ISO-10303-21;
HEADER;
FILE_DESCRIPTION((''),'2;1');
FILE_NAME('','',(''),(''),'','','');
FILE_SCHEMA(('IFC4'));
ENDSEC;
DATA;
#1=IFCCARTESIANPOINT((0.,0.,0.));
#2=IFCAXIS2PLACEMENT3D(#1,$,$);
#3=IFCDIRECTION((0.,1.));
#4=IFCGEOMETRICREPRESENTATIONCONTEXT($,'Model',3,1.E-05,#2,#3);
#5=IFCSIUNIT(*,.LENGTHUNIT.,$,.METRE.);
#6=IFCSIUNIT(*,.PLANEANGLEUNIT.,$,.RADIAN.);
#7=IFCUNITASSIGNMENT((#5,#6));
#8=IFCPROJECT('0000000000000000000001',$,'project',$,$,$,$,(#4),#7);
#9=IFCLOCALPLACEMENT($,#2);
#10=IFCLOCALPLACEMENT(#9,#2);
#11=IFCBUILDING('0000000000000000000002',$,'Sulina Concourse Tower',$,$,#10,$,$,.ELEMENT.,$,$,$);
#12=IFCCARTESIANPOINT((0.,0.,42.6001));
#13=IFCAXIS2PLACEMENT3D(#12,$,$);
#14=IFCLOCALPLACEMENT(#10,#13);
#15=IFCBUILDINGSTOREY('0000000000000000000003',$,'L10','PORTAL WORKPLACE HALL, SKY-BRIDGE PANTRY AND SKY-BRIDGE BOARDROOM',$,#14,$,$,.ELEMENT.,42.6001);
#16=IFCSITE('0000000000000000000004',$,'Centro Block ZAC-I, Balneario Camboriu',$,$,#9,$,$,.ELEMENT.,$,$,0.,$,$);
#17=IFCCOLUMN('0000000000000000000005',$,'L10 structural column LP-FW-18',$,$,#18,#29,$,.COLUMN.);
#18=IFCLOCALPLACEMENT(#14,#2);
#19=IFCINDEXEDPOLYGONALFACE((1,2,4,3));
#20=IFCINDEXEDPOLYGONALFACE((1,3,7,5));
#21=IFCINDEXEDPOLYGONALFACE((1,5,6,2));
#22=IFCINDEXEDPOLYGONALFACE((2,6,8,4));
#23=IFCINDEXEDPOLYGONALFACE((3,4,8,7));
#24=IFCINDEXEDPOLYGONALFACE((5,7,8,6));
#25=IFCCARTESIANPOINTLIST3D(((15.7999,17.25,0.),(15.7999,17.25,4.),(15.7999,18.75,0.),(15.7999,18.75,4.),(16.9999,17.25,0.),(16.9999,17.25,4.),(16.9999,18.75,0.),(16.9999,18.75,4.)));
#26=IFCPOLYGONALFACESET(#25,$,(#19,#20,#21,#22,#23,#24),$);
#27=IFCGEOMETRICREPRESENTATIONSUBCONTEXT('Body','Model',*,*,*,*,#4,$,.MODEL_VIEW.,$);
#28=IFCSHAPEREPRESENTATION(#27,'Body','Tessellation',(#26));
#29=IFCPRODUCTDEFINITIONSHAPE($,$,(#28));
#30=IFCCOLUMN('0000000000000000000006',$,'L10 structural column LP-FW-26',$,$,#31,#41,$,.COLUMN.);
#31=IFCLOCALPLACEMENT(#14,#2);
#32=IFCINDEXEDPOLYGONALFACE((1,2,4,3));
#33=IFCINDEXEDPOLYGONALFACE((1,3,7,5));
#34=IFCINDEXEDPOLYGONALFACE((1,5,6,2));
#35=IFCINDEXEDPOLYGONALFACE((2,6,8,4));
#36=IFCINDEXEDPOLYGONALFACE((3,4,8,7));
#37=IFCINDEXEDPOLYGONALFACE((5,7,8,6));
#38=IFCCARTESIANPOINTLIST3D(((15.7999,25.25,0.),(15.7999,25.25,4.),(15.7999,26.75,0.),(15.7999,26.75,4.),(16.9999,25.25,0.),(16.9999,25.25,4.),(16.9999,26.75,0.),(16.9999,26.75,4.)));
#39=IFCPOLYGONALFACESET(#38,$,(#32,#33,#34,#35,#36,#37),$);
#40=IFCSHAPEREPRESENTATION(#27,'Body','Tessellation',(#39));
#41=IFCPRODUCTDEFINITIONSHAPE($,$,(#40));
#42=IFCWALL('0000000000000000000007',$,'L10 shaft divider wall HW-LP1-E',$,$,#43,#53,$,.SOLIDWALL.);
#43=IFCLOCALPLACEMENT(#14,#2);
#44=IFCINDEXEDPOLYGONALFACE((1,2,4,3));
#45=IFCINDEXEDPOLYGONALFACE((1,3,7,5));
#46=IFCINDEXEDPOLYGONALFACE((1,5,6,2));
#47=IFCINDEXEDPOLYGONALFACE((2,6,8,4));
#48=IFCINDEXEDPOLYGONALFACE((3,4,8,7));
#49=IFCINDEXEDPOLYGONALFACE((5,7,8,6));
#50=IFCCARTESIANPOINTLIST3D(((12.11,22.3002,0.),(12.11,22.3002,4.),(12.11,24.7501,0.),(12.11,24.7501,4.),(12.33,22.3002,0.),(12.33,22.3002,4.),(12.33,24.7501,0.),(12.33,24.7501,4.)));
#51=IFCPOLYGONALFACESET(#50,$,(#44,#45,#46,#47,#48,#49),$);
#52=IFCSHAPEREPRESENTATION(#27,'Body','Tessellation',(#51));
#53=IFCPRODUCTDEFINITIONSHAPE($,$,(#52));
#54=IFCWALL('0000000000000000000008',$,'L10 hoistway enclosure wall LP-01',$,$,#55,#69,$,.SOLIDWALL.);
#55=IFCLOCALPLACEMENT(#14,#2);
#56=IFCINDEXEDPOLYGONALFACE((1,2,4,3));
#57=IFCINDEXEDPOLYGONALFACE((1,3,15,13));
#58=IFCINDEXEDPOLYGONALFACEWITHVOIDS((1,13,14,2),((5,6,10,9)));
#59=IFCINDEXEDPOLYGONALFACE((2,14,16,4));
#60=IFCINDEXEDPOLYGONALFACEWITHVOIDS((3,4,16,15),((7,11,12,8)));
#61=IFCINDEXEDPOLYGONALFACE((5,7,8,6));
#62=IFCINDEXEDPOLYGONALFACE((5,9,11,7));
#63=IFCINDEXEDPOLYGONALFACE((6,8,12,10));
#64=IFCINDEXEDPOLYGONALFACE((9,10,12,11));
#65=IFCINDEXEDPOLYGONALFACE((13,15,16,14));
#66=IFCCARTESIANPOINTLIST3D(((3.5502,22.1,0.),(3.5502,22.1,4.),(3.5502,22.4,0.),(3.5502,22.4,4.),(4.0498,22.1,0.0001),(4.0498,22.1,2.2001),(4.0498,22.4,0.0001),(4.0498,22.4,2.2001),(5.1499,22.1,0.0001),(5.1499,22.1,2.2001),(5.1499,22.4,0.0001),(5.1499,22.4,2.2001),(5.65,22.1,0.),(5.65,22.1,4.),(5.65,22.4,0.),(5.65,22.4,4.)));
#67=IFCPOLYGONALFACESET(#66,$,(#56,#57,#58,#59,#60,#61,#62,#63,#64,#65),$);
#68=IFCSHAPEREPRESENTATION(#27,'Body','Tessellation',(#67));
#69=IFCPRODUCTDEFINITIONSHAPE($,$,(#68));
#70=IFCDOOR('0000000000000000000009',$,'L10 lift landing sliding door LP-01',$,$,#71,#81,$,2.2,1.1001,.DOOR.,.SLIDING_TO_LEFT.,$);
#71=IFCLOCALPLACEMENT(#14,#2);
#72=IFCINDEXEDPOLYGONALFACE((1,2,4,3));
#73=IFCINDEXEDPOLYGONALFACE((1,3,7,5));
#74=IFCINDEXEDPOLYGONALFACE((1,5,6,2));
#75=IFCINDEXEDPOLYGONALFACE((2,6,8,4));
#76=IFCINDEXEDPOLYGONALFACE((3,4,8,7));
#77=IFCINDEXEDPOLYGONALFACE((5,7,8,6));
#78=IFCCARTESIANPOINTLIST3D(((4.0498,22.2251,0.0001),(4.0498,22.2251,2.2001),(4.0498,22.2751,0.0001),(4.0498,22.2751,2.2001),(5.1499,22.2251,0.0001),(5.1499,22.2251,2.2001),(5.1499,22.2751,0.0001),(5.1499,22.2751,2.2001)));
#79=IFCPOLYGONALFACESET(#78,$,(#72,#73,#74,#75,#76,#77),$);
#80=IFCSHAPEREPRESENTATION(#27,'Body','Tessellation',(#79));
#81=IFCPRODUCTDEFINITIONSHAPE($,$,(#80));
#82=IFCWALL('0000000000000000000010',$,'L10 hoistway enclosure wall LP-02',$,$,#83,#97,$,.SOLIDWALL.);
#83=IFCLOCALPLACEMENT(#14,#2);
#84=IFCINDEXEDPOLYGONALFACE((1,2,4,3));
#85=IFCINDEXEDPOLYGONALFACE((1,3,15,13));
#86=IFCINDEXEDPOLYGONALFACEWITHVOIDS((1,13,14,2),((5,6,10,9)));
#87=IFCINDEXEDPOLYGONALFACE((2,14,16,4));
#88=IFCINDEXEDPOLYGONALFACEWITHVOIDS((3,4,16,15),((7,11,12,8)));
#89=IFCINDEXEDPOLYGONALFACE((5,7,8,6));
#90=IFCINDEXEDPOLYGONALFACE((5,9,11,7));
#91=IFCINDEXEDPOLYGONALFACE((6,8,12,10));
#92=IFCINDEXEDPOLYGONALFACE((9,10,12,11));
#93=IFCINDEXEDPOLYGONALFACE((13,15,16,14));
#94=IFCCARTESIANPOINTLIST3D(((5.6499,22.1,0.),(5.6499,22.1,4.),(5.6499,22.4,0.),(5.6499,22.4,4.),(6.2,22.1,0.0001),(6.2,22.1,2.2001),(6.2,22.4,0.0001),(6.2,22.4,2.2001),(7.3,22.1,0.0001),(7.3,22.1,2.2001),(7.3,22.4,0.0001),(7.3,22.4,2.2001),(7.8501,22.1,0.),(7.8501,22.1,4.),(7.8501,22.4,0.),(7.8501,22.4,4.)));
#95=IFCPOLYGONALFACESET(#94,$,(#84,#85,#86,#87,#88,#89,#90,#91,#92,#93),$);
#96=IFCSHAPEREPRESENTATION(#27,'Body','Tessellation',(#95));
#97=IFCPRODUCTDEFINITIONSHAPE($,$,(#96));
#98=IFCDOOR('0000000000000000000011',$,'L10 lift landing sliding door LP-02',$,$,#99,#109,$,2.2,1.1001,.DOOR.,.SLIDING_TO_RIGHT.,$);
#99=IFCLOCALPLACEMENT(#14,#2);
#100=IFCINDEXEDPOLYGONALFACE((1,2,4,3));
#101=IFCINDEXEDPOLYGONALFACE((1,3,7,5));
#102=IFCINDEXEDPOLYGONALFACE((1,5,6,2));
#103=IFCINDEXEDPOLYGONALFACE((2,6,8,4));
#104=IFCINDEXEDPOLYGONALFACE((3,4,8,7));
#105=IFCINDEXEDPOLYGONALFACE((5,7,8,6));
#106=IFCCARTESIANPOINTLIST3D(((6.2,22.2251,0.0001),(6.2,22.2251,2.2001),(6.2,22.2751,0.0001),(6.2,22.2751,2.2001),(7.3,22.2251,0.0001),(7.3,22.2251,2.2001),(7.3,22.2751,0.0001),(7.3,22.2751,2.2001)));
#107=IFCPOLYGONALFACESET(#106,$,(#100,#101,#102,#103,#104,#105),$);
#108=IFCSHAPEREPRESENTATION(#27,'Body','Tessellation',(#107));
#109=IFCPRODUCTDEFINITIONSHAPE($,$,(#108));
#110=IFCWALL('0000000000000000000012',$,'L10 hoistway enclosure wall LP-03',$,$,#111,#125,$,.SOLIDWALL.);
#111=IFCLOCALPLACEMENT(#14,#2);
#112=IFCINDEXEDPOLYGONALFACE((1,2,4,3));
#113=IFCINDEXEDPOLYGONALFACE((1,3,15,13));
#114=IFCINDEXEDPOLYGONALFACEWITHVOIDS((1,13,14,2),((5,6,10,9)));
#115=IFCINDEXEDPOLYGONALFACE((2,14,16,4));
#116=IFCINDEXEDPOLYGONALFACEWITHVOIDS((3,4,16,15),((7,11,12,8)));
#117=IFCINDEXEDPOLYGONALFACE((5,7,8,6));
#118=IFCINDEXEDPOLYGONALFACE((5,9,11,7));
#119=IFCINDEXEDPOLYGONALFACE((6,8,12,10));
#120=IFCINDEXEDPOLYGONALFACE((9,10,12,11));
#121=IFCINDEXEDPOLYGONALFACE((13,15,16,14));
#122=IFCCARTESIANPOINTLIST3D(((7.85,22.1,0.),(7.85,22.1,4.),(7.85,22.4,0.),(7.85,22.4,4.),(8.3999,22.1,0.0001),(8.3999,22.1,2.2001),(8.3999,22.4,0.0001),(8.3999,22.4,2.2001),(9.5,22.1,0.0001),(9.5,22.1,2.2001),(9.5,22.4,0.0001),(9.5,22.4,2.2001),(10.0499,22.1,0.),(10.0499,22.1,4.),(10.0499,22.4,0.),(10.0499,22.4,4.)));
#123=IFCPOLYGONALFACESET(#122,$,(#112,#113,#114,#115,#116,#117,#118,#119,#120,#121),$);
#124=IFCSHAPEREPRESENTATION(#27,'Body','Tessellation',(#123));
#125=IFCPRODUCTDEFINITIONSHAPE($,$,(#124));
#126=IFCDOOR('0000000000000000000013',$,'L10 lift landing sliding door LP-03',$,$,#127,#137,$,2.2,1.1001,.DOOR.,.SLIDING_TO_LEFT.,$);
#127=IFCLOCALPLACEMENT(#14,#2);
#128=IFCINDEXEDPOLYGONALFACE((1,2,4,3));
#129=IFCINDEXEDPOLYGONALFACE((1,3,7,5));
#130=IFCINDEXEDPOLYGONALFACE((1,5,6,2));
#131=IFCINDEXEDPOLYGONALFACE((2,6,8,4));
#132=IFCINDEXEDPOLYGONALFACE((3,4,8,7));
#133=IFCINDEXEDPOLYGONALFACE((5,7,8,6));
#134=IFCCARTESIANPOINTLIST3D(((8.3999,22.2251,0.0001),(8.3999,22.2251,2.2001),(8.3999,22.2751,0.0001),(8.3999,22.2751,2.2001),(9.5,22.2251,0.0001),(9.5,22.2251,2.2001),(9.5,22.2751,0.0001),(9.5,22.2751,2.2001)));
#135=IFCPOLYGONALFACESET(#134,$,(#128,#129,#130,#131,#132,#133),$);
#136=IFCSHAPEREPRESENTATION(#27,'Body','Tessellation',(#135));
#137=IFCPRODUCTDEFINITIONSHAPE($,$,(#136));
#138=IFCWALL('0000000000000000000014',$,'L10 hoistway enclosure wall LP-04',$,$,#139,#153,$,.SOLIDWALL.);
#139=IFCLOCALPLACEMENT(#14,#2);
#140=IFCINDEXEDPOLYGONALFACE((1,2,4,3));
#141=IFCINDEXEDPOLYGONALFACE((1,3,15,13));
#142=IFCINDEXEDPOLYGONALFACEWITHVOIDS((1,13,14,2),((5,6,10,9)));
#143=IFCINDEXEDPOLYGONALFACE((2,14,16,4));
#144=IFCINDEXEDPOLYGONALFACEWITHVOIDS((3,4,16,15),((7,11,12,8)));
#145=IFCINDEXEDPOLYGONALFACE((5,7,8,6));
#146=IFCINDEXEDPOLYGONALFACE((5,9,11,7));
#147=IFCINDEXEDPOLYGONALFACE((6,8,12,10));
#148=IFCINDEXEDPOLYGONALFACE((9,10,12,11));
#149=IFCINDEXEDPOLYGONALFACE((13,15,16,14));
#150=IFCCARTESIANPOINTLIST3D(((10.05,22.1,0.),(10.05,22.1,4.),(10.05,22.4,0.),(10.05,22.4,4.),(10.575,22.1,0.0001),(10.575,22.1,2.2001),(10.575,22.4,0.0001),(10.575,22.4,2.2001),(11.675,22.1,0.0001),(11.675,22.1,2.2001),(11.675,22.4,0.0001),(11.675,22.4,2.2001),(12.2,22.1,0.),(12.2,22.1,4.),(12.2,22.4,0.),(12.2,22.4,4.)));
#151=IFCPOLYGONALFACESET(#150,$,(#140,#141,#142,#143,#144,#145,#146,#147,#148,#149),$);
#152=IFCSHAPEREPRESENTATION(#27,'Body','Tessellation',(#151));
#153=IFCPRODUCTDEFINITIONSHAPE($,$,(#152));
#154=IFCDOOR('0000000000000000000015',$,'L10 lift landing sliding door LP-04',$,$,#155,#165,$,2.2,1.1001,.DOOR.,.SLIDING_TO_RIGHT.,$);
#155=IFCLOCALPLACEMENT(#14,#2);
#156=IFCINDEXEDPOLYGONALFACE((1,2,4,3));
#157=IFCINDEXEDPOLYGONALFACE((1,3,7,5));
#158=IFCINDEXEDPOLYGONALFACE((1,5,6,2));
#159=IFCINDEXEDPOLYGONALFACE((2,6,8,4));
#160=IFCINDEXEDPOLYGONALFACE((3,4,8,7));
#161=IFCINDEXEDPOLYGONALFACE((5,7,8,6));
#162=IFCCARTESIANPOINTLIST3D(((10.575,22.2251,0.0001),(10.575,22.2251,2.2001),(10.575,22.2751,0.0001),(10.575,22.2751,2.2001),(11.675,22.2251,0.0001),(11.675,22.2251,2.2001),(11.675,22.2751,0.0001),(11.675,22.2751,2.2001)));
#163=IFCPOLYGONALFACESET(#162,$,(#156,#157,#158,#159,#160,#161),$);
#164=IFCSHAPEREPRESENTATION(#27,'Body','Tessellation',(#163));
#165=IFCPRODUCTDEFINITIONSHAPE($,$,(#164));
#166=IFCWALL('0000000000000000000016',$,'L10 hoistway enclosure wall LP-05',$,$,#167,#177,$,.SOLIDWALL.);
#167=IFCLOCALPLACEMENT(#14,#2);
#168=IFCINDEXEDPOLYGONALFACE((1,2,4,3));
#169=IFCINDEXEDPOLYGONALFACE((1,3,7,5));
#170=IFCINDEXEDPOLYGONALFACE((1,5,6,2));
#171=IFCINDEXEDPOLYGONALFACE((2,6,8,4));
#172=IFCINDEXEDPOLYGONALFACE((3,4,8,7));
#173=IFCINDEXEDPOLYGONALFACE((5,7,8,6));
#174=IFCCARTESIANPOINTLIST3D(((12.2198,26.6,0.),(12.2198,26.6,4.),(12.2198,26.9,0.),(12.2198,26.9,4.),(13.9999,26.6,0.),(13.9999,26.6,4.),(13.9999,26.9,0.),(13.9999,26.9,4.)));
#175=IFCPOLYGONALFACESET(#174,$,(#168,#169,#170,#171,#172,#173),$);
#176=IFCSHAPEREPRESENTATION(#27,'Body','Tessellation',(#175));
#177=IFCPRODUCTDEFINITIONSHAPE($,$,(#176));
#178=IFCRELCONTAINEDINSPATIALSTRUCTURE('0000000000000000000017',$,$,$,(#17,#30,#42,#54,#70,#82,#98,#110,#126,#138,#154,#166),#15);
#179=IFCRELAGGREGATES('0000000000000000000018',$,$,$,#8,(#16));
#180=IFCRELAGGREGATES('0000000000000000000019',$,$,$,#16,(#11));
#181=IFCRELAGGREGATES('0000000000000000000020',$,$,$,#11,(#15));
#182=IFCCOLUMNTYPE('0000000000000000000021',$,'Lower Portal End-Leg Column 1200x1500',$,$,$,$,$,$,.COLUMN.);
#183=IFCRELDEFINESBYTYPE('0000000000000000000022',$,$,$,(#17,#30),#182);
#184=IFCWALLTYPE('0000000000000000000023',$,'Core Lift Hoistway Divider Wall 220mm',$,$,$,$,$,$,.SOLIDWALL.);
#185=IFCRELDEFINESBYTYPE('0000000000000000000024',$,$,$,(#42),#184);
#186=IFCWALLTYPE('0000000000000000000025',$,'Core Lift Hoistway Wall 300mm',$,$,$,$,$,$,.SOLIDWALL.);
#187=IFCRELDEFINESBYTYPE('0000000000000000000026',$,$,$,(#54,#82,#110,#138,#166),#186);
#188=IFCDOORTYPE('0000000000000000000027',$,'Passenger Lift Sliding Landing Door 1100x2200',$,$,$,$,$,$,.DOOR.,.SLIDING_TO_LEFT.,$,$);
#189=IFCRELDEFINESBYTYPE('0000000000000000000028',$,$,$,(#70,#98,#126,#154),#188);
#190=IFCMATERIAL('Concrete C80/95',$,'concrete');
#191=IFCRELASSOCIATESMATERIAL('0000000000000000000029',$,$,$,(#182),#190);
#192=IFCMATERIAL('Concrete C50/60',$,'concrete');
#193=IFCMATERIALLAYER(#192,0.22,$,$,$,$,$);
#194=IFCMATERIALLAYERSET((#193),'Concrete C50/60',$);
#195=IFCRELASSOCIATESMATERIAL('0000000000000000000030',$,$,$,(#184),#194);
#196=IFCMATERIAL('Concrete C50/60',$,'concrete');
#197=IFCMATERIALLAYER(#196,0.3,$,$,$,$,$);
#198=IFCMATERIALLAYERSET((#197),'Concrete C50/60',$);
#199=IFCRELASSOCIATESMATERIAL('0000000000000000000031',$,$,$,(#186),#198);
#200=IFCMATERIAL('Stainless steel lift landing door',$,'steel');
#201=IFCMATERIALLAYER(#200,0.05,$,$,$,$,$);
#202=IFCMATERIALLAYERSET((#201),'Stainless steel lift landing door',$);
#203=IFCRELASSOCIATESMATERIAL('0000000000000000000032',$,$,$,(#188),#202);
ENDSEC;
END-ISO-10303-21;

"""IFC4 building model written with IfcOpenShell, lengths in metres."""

from ifc_helpers import new_model, si_unit, direction, frame, frame_2d, origin, origin_2d, place, context, subcontext, project, spatial, rectangle, extrude, material, layer, layer_set, material_profile, profile_set, type_object, element, fill, save


model = new_model("IFC4")

# Units and contexts
model_context = context("Model", 3, precision=1e-05, world=origin(), true_north=direction((0.0, 1.0)))
body_context = subcontext(model_context, "Body", "Model", "MODEL_VIEW")
ifc_project = project(units=[si_unit("LENGTHUNIT", "METRE"), si_unit("PLANEANGLEUNIT", "RADIAN")], contexts=[model_context])

# Site, building, storey
site_placement = place(None, origin())
site = spatial("IfcSite", under=ifc_project, at=site_placement, Name="Centro Block ZAC-I, Balneario Camboriu", CompositionType="ELEMENT", RefElevation=0.0)
building_placement = place(site_placement, origin())
building = spatial("IfcBuilding", under=site, at=building_placement, Name="Sulina Concourse Tower", CompositionType="ELEMENT")
storey_placement = place(building_placement, frame((0.0, 0.0, 42.6001)))
storey = spatial("IfcBuildingStorey", under=building, at=storey_placement, Name="L10", Description="PORTAL WORKPLACE HALL, SKY-BRIDGE PANTRY AND SKY-BRIDGE BOARDROOM", CompositionType="ELEMENT", Elevation=42.6001)

# Columns
ifc_material_1 = material(Name="Concrete C80/95", Category="concrete")
ifc_material_profile = material_profile(ifc_material_1, rectangle(XDim=1.2, YDim=1.5, at=origin_2d()), Name="RC 1200x1500")
ifc_profile_set = profile_set([ifc_material_profile], Name="Concrete C80/95")
column_type = type_object("IfcColumnType", Name="Lower Portal End-Leg Column 1200x1500", PredefinedType="COLUMN", material=ifc_profile_set)
for number, where, z_axis, x_axis, name in (
    (1, (16.3999, 18.0, 0.0), (0.0, 0.0, 1.0), (1.0, 0.0, 0.0), "L10 structural column LP-FW-18"),
    (2, (16.3999, 26.0, 0.0), (0.0, 0.0, 1.0), (1.0, 0.0, 0.0), "L10 structural column LP-FW-26"),
):
    element("IfcColumn", number, at=place(storey_placement, frame(where, z_axis=z_axis, x_axis=x_axis)), inside=storey, type_object=column_type, Name=name, PredefinedType="COLUMN", context=body_context, shape_type="SweptSolid", body=[
        extrude(rectangle(XDim=1.2, YDim=1.5, at=origin_2d()), origin(), (0.0, 0.0, 1.0), 4.0),
    ])

# Wall
ifc_material_2 = material(Name="Concrete C50/60", Category="concrete")
ifc_layer_1 = layer(ifc_material_2, 0.22)
ifc_layer_set_1 = layer_set([ifc_layer_1], Name="Concrete C50/60")
wall_type_1 = type_object("IfcWallType", Name="Core Lift Hoistway Divider Wall 220mm", PredefinedType="SOLIDWALL", material=ifc_layer_set_1)
wall_1_placement = place(storey_placement, frame((12.22, 22.3, 0.0), z_axis=(0.0, 0.0, 1.0), x_axis=(0.0, 1.0, 0.0)))
element("IfcWall", 3, at=wall_1_placement, inside=storey, type_object=wall_type_1, Name="L10 shaft divider wall HW-LP1-E", PredefinedType="SOLIDWALL", context=body_context, shape_type="SweptSolid", body=[
    extrude(rectangle(XDim=2.45, YDim=0.22, at=frame_2d((1.2251, 0.0))), origin(), (0.0, 0.0, 1.0), 4.0),
])

# Walls, openings, doors
ifc_material_3 = material(Name="Concrete C50/60", Category="concrete")
ifc_layer_2 = layer(ifc_material_3, 0.3)
ifc_layer_set_2 = layer_set([ifc_layer_2], Name="Concrete C50/60")
wall_type_2 = type_object("IfcWallType", Name="Core Lift Hoistway Wall 300mm", PredefinedType="SOLIDWALL", material=ifc_layer_set_2)
wall_2_placement = place(storey_placement, frame((5.6499, 22.25, 0.0), z_axis=(0.0, 0.0, 1.0), x_axis=(-1.0, 0.0, 0.0)))
wall_2 = element("IfcWall", 4, at=wall_2_placement, inside=storey, type_object=wall_type_2, Name="L10 hoistway enclosure wall LP-01", PredefinedType="SOLIDWALL", context=body_context, shape_type="SweptSolid", body=[
    extrude(rectangle(XDim=2.0999, YDim=0.3, at=frame_2d((1.0498, 0.0))), origin(), (0.0, 0.0, 1.0), 4.0),
])
opening_1_placement = place(wall_2_placement, frame((0.5, 0.0, 0.0)))
opening_1 = element("IfcOpeningElement", 5, at=opening_1_placement, cuts=wall_2, PredefinedType="OPENING", context=body_context, shape_type="SweptSolid", body=[
    extrude(rectangle(XDim=1.1001, YDim=2.2, at=frame_2d((0.55, 1.1001))), frame((0.0, 0.1599, 0.0), z_axis=(0.0, -1.0, 0.0), x_axis=(1.0, 0.0, 0.0)), (0.0, 0.0, 1.0), 0.3201),
])
ifc_material_4 = material(Name="Stainless steel lift landing door", Category="steel")
ifc_layer_3 = layer(ifc_material_4, 0.05)
ifc_layer_set_3 = layer_set([ifc_layer_3], Name="Stainless steel lift landing door")
door_type_1 = type_object("IfcDoorType", Name="Passenger Lift Sliding Landing Door 1100x2200", OperationType="SLIDING_TO_LEFT", PredefinedType="DOOR", material=ifc_layer_set_3)
door_1_placement = place(opening_1_placement, origin())
door_1 = element("IfcDoor", 6, at=door_1_placement, inside=storey, type_object=door_type_1, Name="L10 lift landing sliding door LP-01", OperationType="SLIDING_TO_LEFT", OverallHeight=2.2, OverallWidth=1.1001, PredefinedType="DOOR", context=body_context, shape_type="SweptSolid", body=[
    extrude(rectangle(XDim=1.1001, YDim=2.2, at=frame_2d((0.55, 1.1001))), frame((0.0, 0.0249, 0.0), z_axis=(0.0, -1.0, 0.0), x_axis=(1.0, 0.0, 0.0)), (0.0, 0.0, 1.0), 0.05),
])
fill(opening_1, door_1)
wall_3_placement = place(storey_placement, frame((7.8501, 22.25, 0.0), z_axis=(0.0, 0.0, 1.0), x_axis=(-1.0, 0.0, 0.0)))
wall_3 = element("IfcWall", 7, at=wall_3_placement, inside=storey, type_object=wall_type_2, Name="L10 hoistway enclosure wall LP-02", PredefinedType="SOLIDWALL", context=body_context, shape_type="SweptSolid", body=[
    extrude(rectangle(XDim=2.2002, YDim=0.3, at=frame_2d((1.1001, 0.0))), origin(), (0.0, 0.0, 1.0), 4.0),
])
opening_2_placement = place(wall_3_placement, frame((0.55, 0.0, 0.0)))
opening_2 = element("IfcOpeningElement", 8, at=opening_2_placement, cuts=wall_3, PredefinedType="OPENING", context=body_context, shape_type="SweptSolid", body=[
    extrude(rectangle(XDim=1.1001, YDim=2.2, at=frame_2d((0.55, 1.1001))), frame((0.0, 0.1599, 0.0), z_axis=(0.0, -1.0, 0.0), x_axis=(1.0, 0.0, 0.0)), (0.0, 0.0, 1.0), 0.3201),
])
door_2_placement = place(opening_2_placement, origin())
door_2 = element("IfcDoor", 9, at=door_2_placement, inside=storey, type_object=door_type_1, Name="L10 lift landing sliding door LP-02", OperationType="SLIDING_TO_RIGHT", OverallHeight=2.2, OverallWidth=1.1001, PredefinedType="DOOR", context=body_context, shape_type="SweptSolid", body=[
    extrude(rectangle(XDim=1.1001, YDim=2.2, at=frame_2d((0.55, 1.1001))), frame((0.0, 0.0249, 0.0), z_axis=(0.0, -1.0, 0.0), x_axis=(1.0, 0.0, 0.0)), (0.0, 0.0, 1.0), 0.05),
])
fill(opening_2, door_2)
wall_4_placement = place(storey_placement, frame((10.05, 22.25, 0.0), z_axis=(0.0, 0.0, 1.0), x_axis=(-1.0, 0.0, 0.0)))
wall_4 = element("IfcWall", 10, at=wall_4_placement, inside=storey, type_object=wall_type_2, Name="L10 hoistway enclosure wall LP-03", PredefinedType="SOLIDWALL", context=body_context, shape_type="SweptSolid", body=[
    extrude(rectangle(XDim=2.2, YDim=0.3, at=frame_2d((1.1001, 0.0))), origin(), (0.0, 0.0, 1.0), 4.0),
])
opening_3_placement = place(wall_4_placement, frame((0.55, 0.0, 0.0)))
opening_3 = element("IfcOpeningElement", 11, at=opening_3_placement, cuts=wall_4, PredefinedType="OPENING", context=body_context, shape_type="SweptSolid", body=[
    extrude(rectangle(XDim=1.1001, YDim=2.2, at=frame_2d((0.55, 1.1001))), frame((0.0, 0.1599, 0.0), z_axis=(0.0, -1.0, 0.0), x_axis=(1.0, 0.0, 0.0)), (0.0, 0.0, 1.0), 0.3201),
])
door_3_placement = place(opening_3_placement, origin())
door_3 = element("IfcDoor", 12, at=door_3_placement, inside=storey, type_object=door_type_1, Name="L10 lift landing sliding door LP-03", OperationType="SLIDING_TO_LEFT", OverallHeight=2.2, OverallWidth=1.1001, PredefinedType="DOOR", context=body_context, shape_type="SweptSolid", body=[
    extrude(rectangle(XDim=1.1001, YDim=2.2, at=frame_2d((0.55, 1.1001))), frame((0.0, 0.0249, 0.0), z_axis=(0.0, -1.0, 0.0), x_axis=(1.0, 0.0, 0.0)), (0.0, 0.0, 1.0), 0.05),
])
fill(opening_3, door_3)
wall_5_placement = place(storey_placement, frame((12.2, 22.25, 0.0), z_axis=(0.0, 0.0, 1.0), x_axis=(-1.0, 0.0, 0.0)))
wall_5 = element("IfcWall", 13, at=wall_5_placement, inside=storey, type_object=wall_type_2, Name="L10 hoistway enclosure wall LP-04", PredefinedType="SOLIDWALL", context=body_context, shape_type="SweptSolid", body=[
    extrude(rectangle(XDim=2.1499, YDim=0.3, at=frame_2d((1.075, 0.0))), origin(), (0.0, 0.0, 1.0), 4.0),
])
opening_4_placement = place(wall_5_placement, frame((0.5249, 0.0, 0.0)))
opening_4 = element("IfcOpeningElement", 14, at=opening_4_placement, cuts=wall_5, PredefinedType="OPENING", context=body_context, shape_type="SweptSolid", body=[
    extrude(rectangle(XDim=1.1001, YDim=2.2, at=frame_2d((0.55, 1.1001))), frame((0.0, 0.1599, 0.0), z_axis=(0.0, -1.0, 0.0), x_axis=(1.0, 0.0, 0.0)), (0.0, 0.0, 1.0), 0.3201),
])
door_4_placement = place(opening_4_placement, origin())
door_4 = element("IfcDoor", 15, at=door_4_placement, inside=storey, type_object=door_type_1, Name="L10 lift landing sliding door LP-04", OperationType="SLIDING_TO_RIGHT", OverallHeight=2.2, OverallWidth=1.1001, PredefinedType="DOOR", context=body_context, shape_type="SweptSolid", body=[
    extrude(rectangle(XDim=1.1001, YDim=2.2, at=frame_2d((0.55, 1.1001))), frame((0.0, 0.0249, 0.0), z_axis=(0.0, -1.0, 0.0), x_axis=(1.0, 0.0, 0.0)), (0.0, 0.0, 1.0), 0.05),
])
fill(opening_4, door_4)

# Wall
for number, where, z_axis, x_axis, name in (
    (16, (14.0, 26.75, 0.0), (0.0, 0.0, 1.0), (-1.0, 0.0, 0.0), "L10 hoistway enclosure wall LP-05"),
):
    element("IfcWall", number, at=place(storey_placement, frame(where, z_axis=z_axis, x_axis=x_axis)), inside=storey, type_object=wall_type_2, Name=name, PredefinedType="SOLIDWALL", context=body_context, shape_type="SweptSolid", body=[
        extrude(rectangle(XDim=1.78, YDim=0.3, at=frame_2d((0.8901, 0.0))), origin(), (0.0, 0.0, 1.0), 4.0),
    ])

save(model, "model.ifc")
